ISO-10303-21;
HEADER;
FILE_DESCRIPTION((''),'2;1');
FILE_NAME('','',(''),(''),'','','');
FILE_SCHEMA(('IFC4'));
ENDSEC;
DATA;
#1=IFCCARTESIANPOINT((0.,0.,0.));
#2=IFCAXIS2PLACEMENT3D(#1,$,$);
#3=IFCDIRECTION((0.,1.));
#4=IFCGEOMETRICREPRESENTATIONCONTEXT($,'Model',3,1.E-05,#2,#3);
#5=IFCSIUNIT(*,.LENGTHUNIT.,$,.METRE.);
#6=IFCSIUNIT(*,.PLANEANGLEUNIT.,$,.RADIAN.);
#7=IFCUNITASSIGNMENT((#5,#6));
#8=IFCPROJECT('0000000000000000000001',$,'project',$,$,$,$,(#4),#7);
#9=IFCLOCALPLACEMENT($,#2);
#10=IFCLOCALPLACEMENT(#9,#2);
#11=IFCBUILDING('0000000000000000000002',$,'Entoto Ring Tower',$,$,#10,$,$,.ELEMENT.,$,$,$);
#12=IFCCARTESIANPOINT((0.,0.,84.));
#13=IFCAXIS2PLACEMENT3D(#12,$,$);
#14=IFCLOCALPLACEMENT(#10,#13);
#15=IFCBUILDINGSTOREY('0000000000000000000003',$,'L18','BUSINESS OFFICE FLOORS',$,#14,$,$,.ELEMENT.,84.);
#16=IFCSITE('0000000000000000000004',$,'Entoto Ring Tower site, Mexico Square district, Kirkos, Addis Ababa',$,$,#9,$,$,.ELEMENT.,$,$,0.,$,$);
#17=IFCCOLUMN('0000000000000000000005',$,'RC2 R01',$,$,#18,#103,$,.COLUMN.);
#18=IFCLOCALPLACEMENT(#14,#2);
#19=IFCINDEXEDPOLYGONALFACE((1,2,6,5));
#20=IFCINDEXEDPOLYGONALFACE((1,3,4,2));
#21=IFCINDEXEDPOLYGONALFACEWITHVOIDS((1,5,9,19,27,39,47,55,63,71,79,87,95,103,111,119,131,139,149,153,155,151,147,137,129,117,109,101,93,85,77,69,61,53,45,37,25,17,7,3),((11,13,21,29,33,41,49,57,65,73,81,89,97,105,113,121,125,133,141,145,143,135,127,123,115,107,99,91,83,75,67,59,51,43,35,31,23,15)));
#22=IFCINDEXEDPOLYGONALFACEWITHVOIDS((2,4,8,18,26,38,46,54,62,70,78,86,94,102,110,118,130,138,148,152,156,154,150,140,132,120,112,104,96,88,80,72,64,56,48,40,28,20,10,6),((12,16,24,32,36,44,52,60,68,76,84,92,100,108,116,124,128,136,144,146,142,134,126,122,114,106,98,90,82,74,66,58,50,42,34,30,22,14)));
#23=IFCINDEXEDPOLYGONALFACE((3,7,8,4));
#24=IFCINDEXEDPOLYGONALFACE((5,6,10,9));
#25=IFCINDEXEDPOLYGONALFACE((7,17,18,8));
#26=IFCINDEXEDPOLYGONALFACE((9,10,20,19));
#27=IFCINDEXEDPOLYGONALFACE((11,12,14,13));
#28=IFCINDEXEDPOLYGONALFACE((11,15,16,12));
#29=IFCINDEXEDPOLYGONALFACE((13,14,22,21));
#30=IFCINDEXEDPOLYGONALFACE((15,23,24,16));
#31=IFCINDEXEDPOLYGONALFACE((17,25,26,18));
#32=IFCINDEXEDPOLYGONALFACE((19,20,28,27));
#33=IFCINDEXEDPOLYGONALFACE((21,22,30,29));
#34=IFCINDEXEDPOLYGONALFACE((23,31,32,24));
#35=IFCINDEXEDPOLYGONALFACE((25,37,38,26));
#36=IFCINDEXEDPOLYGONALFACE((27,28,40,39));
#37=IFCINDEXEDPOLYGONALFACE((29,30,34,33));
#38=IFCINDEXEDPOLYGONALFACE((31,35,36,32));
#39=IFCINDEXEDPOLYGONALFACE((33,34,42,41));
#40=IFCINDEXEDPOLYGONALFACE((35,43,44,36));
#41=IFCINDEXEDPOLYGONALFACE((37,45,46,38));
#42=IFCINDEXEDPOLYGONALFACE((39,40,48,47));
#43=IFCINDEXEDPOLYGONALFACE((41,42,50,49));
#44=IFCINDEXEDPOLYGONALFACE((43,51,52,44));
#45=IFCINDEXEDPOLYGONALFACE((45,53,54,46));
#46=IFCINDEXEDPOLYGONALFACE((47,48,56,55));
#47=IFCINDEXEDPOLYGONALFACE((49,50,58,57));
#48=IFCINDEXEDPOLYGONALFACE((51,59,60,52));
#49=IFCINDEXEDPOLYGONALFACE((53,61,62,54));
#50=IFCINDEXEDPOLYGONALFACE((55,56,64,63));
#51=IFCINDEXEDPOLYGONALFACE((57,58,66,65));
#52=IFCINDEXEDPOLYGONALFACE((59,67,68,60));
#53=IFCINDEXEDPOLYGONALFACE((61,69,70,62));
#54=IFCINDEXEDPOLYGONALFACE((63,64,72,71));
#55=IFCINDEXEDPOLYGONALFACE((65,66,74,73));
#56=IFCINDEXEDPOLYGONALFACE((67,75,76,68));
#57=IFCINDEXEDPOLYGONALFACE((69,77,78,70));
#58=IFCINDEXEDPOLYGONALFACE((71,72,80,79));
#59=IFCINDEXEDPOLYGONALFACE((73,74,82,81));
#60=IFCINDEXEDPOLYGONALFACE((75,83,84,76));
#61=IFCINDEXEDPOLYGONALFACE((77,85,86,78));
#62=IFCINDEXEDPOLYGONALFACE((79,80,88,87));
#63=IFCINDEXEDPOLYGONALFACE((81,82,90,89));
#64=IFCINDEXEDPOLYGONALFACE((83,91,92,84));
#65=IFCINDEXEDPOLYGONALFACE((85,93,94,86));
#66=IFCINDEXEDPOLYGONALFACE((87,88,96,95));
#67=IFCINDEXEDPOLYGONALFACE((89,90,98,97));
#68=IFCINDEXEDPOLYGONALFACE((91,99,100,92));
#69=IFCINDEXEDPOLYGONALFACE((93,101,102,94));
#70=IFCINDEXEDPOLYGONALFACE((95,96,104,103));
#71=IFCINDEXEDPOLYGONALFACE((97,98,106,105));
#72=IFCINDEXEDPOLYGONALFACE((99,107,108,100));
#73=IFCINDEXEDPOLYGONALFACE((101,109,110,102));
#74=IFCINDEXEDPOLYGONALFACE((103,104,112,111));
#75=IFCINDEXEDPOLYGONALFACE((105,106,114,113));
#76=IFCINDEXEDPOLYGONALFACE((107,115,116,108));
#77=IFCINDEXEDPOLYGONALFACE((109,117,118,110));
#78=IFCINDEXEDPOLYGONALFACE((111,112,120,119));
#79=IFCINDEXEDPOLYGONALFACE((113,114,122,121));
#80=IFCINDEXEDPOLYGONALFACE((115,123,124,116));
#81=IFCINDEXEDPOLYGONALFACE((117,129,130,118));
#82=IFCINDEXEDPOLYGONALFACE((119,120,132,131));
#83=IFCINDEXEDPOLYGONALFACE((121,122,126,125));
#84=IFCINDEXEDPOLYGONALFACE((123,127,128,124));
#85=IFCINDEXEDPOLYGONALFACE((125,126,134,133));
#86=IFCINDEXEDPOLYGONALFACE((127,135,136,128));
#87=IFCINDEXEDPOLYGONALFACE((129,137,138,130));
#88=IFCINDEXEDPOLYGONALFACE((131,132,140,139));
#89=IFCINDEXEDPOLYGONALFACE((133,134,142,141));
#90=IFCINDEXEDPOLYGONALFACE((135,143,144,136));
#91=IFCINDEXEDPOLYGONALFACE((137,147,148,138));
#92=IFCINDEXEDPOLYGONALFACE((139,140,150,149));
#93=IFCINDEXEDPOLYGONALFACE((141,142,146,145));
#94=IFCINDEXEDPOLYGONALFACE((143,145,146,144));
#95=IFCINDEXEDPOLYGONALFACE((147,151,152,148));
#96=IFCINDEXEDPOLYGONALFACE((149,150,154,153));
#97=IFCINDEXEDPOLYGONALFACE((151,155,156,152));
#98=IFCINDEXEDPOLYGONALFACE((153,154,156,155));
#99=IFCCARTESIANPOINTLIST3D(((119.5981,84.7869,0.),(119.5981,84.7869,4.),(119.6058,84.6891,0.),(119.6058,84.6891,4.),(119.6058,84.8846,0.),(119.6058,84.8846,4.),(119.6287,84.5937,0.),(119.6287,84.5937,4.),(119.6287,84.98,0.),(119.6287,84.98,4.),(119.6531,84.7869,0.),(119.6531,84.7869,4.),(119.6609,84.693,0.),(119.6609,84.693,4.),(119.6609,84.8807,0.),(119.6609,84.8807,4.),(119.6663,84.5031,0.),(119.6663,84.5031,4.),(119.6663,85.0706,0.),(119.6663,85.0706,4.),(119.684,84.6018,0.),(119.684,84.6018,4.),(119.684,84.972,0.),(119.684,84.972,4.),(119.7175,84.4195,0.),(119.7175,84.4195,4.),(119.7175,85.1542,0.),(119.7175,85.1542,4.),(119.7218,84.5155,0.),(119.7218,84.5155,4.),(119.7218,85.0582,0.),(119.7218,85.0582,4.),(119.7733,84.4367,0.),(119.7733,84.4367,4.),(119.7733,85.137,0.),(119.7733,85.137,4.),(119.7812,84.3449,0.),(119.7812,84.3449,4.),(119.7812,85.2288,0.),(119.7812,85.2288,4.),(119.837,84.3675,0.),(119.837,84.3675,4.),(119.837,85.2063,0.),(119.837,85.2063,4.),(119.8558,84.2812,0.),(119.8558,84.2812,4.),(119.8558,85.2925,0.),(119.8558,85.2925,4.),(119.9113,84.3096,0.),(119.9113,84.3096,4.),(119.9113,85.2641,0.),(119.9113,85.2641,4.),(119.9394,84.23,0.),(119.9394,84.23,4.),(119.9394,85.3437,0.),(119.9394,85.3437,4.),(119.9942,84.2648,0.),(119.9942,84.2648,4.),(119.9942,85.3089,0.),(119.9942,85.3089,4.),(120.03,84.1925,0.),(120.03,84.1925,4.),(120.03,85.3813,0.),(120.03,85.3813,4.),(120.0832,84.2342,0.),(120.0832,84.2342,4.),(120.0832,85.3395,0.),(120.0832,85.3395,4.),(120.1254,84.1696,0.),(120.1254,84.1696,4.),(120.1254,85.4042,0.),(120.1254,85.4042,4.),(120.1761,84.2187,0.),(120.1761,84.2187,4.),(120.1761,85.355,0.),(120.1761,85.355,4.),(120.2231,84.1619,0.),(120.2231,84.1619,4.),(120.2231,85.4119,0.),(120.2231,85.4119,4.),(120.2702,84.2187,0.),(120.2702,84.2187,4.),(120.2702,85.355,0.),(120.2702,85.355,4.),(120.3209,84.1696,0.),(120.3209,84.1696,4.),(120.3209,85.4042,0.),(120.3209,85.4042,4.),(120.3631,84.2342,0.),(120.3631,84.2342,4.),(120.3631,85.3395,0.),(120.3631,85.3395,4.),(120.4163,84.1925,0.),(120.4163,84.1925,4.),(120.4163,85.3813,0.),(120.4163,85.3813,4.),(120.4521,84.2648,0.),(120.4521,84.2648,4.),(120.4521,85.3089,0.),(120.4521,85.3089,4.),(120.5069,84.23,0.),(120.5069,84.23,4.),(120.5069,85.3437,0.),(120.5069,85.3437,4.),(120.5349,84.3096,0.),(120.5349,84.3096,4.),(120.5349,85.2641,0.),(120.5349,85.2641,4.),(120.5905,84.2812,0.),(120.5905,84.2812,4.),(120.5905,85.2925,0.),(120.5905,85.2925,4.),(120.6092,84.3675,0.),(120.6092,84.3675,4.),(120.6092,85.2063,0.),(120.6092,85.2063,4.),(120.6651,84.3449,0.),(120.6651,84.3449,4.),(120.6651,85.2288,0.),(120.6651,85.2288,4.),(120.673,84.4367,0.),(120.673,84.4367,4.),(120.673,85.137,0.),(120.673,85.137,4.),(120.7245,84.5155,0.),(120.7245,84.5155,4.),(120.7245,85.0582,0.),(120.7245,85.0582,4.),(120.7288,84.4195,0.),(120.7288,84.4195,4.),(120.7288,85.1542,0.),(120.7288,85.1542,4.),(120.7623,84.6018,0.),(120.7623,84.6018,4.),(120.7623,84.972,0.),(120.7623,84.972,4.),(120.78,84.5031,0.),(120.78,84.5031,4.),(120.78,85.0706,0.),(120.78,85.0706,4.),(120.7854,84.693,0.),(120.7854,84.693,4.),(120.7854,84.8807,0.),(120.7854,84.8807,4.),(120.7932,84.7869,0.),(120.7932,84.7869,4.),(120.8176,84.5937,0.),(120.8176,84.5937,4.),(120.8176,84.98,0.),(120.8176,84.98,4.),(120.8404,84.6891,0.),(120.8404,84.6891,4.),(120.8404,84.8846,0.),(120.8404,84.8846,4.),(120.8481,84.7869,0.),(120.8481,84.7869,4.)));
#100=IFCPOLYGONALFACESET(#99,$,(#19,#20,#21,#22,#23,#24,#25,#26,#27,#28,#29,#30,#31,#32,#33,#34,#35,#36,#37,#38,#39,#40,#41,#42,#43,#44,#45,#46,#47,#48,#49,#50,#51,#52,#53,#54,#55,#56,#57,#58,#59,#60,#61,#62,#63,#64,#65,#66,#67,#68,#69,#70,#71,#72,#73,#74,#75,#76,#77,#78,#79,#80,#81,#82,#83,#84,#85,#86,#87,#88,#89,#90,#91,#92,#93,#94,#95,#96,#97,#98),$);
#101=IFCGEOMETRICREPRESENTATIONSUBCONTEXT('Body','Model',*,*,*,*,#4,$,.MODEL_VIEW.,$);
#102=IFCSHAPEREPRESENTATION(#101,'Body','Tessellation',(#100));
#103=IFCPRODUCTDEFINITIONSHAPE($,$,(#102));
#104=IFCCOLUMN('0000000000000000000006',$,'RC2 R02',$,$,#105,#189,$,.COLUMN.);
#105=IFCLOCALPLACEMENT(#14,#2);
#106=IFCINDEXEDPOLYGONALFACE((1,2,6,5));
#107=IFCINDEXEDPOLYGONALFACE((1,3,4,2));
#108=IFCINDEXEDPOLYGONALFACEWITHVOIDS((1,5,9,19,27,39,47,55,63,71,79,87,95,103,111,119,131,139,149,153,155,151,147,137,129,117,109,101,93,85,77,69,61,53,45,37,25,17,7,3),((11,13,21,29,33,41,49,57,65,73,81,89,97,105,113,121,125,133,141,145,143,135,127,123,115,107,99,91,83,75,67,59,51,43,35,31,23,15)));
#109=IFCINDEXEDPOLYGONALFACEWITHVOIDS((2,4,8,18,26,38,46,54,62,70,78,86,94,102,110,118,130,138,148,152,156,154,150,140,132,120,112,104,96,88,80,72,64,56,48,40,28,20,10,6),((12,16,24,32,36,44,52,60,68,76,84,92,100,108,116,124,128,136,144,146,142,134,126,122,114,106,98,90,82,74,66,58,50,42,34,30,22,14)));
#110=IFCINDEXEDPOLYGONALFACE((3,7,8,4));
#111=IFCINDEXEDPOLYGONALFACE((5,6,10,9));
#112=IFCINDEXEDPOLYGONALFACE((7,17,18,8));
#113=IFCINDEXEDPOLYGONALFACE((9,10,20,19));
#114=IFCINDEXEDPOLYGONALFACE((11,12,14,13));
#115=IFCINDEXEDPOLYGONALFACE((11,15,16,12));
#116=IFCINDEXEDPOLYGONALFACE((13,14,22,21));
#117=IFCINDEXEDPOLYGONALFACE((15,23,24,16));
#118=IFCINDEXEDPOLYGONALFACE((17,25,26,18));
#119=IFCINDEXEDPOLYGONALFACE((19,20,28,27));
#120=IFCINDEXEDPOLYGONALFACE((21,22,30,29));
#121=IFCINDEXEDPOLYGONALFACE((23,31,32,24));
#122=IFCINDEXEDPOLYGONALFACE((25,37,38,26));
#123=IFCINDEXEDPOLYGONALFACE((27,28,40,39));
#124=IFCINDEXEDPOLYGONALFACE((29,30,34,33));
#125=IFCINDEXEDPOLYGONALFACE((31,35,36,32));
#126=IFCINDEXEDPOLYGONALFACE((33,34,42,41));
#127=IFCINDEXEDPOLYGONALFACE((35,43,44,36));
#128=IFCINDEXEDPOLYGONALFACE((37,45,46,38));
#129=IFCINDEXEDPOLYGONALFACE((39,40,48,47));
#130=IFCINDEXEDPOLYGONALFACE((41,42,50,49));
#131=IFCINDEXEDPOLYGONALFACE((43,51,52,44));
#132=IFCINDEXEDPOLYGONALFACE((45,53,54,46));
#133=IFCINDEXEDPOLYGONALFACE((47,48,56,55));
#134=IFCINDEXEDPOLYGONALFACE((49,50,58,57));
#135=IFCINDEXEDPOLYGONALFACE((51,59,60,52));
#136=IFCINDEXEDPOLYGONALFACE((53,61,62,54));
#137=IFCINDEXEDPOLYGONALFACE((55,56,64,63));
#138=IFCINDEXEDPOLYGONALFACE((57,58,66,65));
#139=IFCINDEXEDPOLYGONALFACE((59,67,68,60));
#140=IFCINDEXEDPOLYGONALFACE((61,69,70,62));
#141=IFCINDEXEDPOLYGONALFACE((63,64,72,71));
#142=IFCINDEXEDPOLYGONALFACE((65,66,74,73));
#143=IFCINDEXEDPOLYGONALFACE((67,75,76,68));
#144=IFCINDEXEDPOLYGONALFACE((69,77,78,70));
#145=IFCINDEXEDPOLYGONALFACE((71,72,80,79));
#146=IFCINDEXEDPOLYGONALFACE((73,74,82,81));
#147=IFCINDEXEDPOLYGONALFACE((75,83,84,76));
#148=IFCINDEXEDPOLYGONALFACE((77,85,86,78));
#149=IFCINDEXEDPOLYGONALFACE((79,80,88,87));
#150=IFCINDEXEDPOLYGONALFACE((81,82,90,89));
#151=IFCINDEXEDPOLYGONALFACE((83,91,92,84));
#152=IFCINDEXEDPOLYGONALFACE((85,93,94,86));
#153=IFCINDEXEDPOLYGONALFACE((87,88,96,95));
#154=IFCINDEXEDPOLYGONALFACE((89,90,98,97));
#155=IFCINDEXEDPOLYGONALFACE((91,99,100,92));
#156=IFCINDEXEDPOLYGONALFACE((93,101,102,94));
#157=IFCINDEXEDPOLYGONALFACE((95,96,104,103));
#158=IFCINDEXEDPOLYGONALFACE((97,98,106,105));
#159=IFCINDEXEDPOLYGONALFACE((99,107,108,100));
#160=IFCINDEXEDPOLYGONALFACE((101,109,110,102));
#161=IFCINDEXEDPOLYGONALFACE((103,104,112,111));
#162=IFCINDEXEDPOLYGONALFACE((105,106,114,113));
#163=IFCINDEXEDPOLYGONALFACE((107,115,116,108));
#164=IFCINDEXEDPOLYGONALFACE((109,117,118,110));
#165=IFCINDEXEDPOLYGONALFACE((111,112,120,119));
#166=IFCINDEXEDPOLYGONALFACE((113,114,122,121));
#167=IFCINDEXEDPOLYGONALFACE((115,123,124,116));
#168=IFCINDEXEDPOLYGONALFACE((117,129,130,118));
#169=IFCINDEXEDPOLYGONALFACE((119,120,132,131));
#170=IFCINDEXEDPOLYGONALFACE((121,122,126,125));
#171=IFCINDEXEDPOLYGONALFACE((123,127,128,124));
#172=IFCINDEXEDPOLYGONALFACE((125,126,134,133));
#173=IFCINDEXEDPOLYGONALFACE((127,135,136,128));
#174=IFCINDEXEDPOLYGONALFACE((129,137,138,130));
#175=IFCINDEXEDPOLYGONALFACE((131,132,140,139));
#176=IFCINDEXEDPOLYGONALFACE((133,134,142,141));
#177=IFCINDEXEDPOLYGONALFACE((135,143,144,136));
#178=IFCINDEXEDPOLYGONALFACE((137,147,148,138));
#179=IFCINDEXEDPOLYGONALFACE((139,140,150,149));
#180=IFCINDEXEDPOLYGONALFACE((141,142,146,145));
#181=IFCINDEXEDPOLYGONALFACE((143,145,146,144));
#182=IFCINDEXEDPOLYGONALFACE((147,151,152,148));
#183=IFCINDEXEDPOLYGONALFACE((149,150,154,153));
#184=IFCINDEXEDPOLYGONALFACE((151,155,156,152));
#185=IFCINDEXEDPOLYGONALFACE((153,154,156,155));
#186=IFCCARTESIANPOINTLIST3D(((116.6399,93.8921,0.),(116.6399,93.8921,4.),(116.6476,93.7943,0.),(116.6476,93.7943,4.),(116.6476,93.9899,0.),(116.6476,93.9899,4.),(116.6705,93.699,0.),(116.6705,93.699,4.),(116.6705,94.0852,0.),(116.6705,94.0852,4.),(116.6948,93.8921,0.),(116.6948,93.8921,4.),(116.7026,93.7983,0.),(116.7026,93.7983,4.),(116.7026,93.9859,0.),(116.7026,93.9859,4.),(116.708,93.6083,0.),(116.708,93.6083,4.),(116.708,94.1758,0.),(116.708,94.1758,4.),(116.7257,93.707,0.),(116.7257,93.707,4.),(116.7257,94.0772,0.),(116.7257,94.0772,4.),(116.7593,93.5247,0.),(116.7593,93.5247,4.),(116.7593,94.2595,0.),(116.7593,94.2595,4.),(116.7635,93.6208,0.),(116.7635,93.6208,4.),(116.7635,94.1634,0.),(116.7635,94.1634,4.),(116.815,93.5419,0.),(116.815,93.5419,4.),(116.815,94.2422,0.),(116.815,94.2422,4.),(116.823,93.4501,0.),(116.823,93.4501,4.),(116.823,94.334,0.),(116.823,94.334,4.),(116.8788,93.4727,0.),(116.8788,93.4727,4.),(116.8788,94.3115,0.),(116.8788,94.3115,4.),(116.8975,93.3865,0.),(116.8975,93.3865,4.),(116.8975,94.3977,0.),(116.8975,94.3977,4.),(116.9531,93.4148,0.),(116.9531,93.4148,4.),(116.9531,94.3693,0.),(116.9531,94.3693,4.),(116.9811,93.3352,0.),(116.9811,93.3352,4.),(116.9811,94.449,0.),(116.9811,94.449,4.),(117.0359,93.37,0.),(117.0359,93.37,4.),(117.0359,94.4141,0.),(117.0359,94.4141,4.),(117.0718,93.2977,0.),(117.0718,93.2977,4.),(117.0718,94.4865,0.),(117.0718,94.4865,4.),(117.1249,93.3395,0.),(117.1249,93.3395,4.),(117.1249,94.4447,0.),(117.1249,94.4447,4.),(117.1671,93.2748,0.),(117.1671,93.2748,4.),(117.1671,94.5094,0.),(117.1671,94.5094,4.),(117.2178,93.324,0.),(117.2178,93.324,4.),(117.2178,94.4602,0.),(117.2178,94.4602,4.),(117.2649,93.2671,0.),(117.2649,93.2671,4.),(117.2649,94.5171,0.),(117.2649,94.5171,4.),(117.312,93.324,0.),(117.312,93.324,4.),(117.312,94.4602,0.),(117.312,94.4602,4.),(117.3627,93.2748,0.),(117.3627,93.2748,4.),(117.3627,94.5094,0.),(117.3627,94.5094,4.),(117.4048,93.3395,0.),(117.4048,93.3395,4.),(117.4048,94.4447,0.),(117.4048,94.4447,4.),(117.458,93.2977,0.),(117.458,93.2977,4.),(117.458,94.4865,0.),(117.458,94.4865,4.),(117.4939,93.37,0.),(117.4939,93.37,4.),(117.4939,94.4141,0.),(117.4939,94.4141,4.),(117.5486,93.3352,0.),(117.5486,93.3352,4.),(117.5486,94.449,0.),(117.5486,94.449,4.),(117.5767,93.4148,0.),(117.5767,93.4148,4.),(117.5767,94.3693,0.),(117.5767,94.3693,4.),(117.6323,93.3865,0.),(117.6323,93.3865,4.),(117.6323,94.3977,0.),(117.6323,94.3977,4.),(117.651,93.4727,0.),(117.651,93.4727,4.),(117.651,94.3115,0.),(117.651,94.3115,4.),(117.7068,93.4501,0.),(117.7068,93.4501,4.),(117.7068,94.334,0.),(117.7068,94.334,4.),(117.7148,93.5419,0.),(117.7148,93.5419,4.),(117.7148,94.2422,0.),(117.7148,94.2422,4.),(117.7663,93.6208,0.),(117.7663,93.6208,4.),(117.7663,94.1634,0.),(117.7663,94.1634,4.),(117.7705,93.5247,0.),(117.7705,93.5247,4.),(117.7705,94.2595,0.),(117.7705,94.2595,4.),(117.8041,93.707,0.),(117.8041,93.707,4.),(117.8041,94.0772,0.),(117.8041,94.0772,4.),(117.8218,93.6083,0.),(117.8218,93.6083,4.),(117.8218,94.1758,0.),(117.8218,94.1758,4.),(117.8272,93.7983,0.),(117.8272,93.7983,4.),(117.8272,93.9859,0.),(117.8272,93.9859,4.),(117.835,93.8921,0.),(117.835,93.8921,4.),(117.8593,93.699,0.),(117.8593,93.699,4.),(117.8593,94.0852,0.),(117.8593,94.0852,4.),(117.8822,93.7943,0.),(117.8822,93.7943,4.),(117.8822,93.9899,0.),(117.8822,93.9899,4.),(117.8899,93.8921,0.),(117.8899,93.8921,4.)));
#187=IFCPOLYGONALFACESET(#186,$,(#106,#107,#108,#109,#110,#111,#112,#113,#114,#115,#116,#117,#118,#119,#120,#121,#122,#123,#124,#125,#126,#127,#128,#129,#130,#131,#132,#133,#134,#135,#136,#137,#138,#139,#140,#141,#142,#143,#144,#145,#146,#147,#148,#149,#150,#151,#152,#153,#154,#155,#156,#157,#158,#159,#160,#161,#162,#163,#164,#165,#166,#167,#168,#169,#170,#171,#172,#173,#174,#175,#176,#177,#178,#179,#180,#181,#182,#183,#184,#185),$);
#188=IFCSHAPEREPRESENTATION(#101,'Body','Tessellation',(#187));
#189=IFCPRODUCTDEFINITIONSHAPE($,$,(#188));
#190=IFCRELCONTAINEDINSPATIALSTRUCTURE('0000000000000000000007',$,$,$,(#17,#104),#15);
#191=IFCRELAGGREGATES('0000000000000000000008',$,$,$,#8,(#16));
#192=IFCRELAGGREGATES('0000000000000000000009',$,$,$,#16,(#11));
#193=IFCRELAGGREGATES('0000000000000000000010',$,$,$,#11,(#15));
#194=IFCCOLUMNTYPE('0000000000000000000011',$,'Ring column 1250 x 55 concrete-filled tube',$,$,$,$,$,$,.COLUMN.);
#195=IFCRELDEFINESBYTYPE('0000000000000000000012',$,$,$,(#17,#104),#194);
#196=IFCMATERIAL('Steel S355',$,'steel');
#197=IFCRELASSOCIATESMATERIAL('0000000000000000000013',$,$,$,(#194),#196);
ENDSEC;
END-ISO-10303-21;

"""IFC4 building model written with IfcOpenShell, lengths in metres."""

from ifc_helpers import new_model, si_unit, direction, frame, origin, origin_2d, place, context, subcontext, project, spatial, circle, hollow_circle, extrude, material, material_profile, profile_set, type_object, element, save


model = new_model("IFC4")

# Units and contexts
model_context = context("Model", 3, precision=1e-05, world=origin(), true_north=direction((0.0, 1.0)))
body_context = subcontext(model_context, "Body", "Model", "MODEL_VIEW")
ifc_project = project(units=[si_unit("LENGTHUNIT", "METRE"), si_unit("PLANEANGLEUNIT", "RADIAN")], contexts=[model_context])

# Site, building, storey
site_placement = place(None, origin())
site = spatial("IfcSite", under=ifc_project, at=site_placement, Name="Entoto Ring Tower site, Mexico Square district, Kirkos, Addis Ababa", CompositionType="ELEMENT", RefElevation=0.0)
building_placement = place(site_placement, origin())
building = spatial("IfcBuilding", under=site, at=building_placement, Name="Entoto Ring Tower", CompositionType="ELEMENT")
storey_placement = place(building_placement, frame((0.0, 0.0, 84.0)))
storey = spatial("IfcBuildingStorey", under=building, at=storey_placement, Name="L18", Description="BUSINESS OFFICE FLOORS", CompositionType="ELEMENT", Elevation=84.0)

# Columns
ifc_material_1 = material(Name="Steel S355", Category="steel")
ifc_material_profile_1 = material_profile(ifc_material_1, hollow_circle(Radius=0.625, WallThickness=0.0549, at=origin_2d()), Name="CHS 1250 x 55")
ifc_material_2 = material(Name="Concrete C60/75", Category="concrete")
ifc_material_profile_2 = material_profile(ifc_material_2, circle(Radius=0.5701, at=origin_2d()), Name="Concrete C60/75 infill")
ifc_profile_set_1 = profile_set([ifc_material_profile_1, ifc_material_profile_2], Name="Steel S355")
column_type = type_object("IfcColumnType", Name="Ring column 1250 x 55 concrete-filled tube", PredefinedType="COLUMN", material=ifc_profile_set_1)
for number, where, z_axis, x_axis, name in (
    (1, (120.2231, 84.7869, 0.0), (0.0, 0.0, 1.0), (1.0, 0.0, 0.0), "RC2 R01"),
    (2, (117.2649, 93.8921, 0.0), (0.0, 0.0, 1.0), (1.0, 0.0, 0.0), "RC2 R02"),
):
    element("IfcColumn", number, at=place(storey_placement, frame(where, z_axis=z_axis, x_axis=x_axis)), inside=storey, type_object=column_type, Name=name, PredefinedType="COLUMN", context=body_context, shape_type="SweptSolid", body=[
        extrude(hollow_circle(Radius=0.625, WallThickness=0.0549, at=origin_2d()), origin(), (0.0, 0.0, 1.0), 4.0),
    ])

save(model, "model.ifc")
